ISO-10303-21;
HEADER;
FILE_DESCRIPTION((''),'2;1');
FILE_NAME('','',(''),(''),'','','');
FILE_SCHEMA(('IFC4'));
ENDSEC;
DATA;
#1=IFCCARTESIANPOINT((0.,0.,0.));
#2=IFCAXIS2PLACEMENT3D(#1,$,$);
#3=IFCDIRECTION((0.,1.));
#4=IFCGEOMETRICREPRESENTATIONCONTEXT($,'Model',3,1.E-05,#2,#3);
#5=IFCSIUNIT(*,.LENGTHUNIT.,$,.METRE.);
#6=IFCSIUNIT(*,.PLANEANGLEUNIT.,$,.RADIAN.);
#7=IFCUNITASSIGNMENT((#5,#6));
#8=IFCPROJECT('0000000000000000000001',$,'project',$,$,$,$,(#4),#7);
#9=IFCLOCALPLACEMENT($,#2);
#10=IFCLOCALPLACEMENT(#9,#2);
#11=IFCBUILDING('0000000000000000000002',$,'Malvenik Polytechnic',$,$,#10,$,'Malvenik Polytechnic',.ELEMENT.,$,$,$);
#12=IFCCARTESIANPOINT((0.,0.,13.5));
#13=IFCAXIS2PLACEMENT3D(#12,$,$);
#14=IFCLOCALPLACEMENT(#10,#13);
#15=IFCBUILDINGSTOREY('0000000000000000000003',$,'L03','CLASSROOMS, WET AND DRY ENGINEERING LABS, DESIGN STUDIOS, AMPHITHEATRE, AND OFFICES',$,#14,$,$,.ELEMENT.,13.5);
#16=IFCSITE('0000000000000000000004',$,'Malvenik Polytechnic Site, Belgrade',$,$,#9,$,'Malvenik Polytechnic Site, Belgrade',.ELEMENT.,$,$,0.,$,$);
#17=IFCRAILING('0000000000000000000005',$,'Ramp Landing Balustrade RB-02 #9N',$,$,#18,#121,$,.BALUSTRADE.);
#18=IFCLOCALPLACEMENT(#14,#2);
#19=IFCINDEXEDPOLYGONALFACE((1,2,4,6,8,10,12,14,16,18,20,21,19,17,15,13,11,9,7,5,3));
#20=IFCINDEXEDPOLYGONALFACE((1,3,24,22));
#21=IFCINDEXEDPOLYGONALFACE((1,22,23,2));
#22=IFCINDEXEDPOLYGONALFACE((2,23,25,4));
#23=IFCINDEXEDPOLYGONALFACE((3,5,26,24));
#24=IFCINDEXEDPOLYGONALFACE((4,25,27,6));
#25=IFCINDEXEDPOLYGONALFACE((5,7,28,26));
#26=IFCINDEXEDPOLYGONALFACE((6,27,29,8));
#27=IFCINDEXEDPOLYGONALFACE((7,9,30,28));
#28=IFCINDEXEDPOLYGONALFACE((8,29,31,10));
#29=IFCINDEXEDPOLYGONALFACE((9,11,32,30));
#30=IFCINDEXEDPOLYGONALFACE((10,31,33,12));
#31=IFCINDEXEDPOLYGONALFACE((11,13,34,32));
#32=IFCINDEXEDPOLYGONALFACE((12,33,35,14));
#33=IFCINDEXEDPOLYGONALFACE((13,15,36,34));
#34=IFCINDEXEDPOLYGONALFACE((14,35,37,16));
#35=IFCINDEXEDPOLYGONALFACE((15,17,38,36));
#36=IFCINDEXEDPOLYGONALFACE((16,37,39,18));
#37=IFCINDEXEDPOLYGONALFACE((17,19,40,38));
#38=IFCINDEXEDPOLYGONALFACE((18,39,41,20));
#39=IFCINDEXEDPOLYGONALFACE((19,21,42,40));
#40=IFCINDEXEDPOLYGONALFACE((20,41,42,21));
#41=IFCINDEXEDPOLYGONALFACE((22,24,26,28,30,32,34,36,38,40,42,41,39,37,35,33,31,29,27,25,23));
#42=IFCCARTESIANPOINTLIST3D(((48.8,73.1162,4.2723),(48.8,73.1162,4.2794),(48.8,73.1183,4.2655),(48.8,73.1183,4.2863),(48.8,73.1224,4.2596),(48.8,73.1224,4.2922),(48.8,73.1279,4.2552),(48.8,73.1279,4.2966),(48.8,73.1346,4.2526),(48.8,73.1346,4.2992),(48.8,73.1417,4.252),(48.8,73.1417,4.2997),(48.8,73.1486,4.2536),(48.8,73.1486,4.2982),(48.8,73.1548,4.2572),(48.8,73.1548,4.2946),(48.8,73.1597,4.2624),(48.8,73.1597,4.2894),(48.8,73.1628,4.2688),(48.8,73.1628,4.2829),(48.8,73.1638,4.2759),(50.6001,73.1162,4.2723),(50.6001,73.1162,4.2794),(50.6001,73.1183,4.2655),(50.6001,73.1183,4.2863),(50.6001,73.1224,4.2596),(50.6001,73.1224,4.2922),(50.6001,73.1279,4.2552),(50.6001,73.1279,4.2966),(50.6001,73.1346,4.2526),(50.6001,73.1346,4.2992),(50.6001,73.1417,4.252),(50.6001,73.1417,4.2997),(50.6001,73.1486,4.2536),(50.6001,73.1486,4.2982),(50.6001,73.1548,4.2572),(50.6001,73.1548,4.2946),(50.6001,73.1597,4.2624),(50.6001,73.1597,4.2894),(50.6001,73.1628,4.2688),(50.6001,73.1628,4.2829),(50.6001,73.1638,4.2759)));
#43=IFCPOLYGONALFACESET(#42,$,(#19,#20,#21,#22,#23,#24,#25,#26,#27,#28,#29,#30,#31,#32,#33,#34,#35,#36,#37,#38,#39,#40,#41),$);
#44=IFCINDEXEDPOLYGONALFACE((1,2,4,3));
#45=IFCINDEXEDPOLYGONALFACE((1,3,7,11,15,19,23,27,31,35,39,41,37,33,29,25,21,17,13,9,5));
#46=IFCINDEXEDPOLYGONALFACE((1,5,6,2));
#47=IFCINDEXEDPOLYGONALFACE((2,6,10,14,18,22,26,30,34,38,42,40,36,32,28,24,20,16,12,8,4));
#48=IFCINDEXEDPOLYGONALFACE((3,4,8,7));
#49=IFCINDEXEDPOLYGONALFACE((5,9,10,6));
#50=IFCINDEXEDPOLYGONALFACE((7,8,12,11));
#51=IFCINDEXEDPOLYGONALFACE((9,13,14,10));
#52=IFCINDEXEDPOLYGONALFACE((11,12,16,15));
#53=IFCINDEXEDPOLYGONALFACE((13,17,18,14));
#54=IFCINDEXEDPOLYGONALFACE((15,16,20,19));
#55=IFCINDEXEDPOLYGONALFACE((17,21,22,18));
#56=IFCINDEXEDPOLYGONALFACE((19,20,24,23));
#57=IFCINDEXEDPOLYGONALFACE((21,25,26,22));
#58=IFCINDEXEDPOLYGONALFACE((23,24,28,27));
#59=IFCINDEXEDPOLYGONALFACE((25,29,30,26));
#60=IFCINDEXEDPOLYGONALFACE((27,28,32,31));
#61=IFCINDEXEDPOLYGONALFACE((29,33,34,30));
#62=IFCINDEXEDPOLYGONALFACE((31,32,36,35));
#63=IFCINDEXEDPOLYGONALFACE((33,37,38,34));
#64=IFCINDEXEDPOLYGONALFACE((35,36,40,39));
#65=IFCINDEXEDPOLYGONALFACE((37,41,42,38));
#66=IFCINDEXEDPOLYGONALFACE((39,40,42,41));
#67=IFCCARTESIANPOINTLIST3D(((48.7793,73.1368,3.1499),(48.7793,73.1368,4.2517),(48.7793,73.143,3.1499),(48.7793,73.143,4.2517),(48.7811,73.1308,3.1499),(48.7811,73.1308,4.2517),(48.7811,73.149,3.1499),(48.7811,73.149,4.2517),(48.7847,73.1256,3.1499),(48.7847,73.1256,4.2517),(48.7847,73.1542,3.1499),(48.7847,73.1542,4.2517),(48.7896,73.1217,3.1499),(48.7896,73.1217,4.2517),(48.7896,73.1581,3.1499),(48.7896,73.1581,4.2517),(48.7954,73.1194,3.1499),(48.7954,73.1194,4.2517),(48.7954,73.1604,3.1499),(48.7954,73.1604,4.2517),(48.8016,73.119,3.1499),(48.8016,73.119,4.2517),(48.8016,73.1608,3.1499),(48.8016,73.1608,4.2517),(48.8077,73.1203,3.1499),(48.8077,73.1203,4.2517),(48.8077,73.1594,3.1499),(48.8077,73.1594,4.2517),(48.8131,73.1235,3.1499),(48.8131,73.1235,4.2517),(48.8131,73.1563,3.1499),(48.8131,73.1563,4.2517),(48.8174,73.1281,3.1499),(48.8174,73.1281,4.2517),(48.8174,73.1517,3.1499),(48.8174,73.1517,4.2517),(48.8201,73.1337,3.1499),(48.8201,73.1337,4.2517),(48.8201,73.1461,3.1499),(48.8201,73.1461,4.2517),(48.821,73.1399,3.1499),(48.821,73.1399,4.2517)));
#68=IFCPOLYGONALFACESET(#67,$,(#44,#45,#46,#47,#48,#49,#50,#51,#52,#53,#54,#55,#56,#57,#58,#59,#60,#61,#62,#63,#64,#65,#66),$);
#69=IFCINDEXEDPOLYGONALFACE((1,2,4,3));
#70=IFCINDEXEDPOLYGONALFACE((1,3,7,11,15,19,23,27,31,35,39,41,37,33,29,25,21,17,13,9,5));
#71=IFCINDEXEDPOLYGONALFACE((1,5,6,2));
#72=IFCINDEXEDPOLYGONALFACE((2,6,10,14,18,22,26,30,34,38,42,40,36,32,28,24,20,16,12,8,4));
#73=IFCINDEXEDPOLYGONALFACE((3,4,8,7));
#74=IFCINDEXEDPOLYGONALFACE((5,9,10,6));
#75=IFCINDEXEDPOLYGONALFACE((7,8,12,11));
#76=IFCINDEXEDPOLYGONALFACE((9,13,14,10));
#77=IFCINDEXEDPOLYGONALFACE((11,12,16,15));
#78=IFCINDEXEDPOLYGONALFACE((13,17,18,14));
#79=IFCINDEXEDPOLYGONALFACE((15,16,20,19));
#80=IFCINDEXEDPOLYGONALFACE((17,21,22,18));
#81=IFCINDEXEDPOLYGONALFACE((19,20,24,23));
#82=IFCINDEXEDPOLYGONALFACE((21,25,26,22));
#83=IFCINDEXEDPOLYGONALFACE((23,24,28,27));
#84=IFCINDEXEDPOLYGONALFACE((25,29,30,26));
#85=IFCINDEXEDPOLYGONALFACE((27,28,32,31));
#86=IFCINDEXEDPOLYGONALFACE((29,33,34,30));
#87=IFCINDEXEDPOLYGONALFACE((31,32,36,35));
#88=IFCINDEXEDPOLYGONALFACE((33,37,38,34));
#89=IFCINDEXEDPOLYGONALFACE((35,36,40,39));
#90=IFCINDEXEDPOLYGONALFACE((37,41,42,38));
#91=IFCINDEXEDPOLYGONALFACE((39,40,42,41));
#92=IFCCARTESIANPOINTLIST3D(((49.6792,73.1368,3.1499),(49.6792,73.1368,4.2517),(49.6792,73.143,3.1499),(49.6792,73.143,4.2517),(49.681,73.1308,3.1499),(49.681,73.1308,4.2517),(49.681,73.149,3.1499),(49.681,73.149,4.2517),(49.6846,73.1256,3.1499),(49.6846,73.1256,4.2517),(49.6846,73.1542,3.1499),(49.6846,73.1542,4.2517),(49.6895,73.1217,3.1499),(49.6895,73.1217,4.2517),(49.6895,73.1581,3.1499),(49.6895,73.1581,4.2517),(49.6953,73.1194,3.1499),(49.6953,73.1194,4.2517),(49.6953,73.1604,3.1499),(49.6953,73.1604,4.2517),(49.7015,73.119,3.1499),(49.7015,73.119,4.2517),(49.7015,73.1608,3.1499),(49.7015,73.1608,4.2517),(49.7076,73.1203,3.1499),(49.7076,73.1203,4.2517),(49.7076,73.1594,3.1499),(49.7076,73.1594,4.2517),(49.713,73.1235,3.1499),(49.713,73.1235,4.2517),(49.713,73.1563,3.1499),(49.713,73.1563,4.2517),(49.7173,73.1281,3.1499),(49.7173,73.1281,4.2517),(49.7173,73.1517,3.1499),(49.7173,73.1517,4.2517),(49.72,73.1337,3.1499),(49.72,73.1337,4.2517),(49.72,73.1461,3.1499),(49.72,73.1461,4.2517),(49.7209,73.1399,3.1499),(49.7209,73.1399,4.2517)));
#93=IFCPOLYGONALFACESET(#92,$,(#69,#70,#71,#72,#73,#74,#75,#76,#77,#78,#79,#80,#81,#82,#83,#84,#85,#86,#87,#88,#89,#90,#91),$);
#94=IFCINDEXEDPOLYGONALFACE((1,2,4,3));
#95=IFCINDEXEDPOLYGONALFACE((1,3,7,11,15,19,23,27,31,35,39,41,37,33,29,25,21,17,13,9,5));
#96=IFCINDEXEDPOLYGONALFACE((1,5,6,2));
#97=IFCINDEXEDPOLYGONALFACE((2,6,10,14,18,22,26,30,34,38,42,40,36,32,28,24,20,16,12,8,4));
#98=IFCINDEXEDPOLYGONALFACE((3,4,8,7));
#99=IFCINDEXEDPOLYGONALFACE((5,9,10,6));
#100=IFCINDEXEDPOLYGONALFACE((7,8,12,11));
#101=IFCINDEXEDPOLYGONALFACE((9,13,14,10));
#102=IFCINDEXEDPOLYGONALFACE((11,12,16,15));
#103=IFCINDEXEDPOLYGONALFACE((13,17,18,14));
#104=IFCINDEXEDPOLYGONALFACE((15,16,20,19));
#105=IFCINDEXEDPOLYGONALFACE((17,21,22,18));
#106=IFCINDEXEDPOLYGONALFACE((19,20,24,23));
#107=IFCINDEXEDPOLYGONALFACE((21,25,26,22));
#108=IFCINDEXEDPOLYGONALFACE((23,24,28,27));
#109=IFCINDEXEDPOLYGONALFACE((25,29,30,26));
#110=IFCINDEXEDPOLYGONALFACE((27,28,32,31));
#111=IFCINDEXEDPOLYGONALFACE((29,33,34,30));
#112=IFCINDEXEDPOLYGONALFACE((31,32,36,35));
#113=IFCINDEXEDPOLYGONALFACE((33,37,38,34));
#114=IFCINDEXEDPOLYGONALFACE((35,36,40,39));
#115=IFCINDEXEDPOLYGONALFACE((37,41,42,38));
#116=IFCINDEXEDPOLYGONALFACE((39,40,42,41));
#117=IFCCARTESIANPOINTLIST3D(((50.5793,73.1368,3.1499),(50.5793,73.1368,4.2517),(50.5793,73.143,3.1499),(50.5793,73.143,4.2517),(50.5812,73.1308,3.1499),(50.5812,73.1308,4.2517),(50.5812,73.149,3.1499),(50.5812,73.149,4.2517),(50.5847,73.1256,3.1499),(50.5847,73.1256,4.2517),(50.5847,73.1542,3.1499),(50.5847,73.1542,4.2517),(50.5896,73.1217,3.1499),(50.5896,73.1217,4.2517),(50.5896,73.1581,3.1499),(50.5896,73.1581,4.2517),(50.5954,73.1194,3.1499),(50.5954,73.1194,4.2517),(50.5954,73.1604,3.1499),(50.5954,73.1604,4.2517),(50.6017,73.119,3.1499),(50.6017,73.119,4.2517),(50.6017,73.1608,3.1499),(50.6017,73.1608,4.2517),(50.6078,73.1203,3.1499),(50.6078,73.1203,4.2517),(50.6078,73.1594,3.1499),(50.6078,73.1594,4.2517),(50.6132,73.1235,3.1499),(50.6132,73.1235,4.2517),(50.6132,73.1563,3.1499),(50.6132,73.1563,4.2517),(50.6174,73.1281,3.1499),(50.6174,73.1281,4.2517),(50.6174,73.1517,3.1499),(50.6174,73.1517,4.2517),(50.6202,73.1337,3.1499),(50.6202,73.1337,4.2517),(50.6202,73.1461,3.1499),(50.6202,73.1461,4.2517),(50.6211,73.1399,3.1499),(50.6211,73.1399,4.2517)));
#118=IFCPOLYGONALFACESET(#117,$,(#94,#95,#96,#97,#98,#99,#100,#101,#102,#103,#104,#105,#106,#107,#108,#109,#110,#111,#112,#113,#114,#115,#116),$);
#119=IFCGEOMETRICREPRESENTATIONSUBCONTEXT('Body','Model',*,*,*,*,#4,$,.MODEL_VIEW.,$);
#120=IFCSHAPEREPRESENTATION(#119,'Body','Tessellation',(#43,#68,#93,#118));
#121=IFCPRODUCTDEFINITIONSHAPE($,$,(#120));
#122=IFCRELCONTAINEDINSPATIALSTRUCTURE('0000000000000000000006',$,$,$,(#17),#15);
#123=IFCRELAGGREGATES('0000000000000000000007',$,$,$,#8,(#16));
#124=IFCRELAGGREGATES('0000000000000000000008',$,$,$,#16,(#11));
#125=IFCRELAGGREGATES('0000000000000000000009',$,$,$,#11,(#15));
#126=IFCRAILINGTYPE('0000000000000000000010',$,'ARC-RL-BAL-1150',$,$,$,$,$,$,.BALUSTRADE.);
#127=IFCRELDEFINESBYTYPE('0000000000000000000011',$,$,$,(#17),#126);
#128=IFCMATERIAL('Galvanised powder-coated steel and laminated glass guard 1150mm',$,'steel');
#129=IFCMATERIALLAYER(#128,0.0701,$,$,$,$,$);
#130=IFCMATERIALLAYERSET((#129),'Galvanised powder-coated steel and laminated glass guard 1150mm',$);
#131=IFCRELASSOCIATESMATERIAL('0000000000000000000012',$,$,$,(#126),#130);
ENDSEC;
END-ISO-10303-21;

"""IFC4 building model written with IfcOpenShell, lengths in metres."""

from ifc_helpers import new_model, si_unit, direction, frame, origin, origin_2d, place, context, subcontext, project, spatial, circle, extrude, material, layer, layer_set, type_object, element, save


model = new_model("IFC4")

# Units and contexts
model_context = context("Model", 3, precision=1e-05, world=origin(), true_north=direction((0.0, 1.0)))
body_context = subcontext(model_context, "Body", "Model", "MODEL_VIEW")
ifc_project = project(units=[si_unit("LENGTHUNIT", "METRE"), si_unit("PLANEANGLEUNIT", "RADIAN")], contexts=[model_context])

# Site, building, storey
site_placement = place(None, origin())
site = spatial("IfcSite", under=ifc_project, at=site_placement, Name="Malvenik Polytechnic Site, Belgrade", LongName="Malvenik Polytechnic Site, Belgrade", CompositionType="ELEMENT", RefElevation=0.0)
building_placement = place(site_placement, origin())
building = spatial("IfcBuilding", under=site, at=building_placement, Name="Malvenik Polytechnic", LongName="Malvenik Polytechnic", CompositionType="ELEMENT")
storey_placement = place(building_placement, frame((0.0, 0.0, 13.5)))
storey = spatial("IfcBuildingStorey", under=building, at=storey_placement, Name="L03", Description="CLASSROOMS, WET AND DRY ENGINEERING LABS, DESIGN STUDIOS, AMPHITHEATRE, AND OFFICES", CompositionType="ELEMENT", Elevation=13.5)

# Railing
ifc_material_1 = material(Name="Galvanised powder-coated steel and laminated glass guard 1150mm", Category="steel")
ifc_layer_1 = layer(ifc_material_1, 0.0701)
ifc_layer_set_1 = layer_set([ifc_layer_1], Name="Galvanised powder-coated steel and laminated glass guard 1150mm")
railing_type_1 = type_object("IfcRailingType", Name="ARC-RL-BAL-1150", PredefinedType="BALUSTRADE", material=ifc_layer_set_1)
railing_1_placement = place(storey_placement, frame((48.8, 73.1399, 3.1499)))
element("IfcRailing", 1, at=railing_1_placement, inside=storey, type_object=railing_type_1, Name="Ramp Landing Balustrade RB-02 #9N", PredefinedType="BALUSTRADE", context=body_context, shape_type="SweptSolid", body=[
    extrude(circle(Radius=0.0239, at=origin_2d()), frame((0.0, 0.0, 1.126), z_axis=(1.0, 0.0, 0.0), x_axis=(0.0, 1.0, 0.0)), (0.0, 0.0, 1.0), 1.8),
    extrude(circle(Radius=0.021, at=origin_2d()), origin(), (0.0, 0.0, 1.0), 1.1018),
    extrude(circle(Radius=0.021, at=origin_2d()), frame((0.8999, 0.0, 0.0)), (0.0, 0.0, 1.0), 1.1018),
    extrude(circle(Radius=0.021, at=origin_2d()), frame((1.8, 0.0, 0.0)), (0.0, 0.0, 1.0), 1.1018),
])

save(model, "model.ifc")
